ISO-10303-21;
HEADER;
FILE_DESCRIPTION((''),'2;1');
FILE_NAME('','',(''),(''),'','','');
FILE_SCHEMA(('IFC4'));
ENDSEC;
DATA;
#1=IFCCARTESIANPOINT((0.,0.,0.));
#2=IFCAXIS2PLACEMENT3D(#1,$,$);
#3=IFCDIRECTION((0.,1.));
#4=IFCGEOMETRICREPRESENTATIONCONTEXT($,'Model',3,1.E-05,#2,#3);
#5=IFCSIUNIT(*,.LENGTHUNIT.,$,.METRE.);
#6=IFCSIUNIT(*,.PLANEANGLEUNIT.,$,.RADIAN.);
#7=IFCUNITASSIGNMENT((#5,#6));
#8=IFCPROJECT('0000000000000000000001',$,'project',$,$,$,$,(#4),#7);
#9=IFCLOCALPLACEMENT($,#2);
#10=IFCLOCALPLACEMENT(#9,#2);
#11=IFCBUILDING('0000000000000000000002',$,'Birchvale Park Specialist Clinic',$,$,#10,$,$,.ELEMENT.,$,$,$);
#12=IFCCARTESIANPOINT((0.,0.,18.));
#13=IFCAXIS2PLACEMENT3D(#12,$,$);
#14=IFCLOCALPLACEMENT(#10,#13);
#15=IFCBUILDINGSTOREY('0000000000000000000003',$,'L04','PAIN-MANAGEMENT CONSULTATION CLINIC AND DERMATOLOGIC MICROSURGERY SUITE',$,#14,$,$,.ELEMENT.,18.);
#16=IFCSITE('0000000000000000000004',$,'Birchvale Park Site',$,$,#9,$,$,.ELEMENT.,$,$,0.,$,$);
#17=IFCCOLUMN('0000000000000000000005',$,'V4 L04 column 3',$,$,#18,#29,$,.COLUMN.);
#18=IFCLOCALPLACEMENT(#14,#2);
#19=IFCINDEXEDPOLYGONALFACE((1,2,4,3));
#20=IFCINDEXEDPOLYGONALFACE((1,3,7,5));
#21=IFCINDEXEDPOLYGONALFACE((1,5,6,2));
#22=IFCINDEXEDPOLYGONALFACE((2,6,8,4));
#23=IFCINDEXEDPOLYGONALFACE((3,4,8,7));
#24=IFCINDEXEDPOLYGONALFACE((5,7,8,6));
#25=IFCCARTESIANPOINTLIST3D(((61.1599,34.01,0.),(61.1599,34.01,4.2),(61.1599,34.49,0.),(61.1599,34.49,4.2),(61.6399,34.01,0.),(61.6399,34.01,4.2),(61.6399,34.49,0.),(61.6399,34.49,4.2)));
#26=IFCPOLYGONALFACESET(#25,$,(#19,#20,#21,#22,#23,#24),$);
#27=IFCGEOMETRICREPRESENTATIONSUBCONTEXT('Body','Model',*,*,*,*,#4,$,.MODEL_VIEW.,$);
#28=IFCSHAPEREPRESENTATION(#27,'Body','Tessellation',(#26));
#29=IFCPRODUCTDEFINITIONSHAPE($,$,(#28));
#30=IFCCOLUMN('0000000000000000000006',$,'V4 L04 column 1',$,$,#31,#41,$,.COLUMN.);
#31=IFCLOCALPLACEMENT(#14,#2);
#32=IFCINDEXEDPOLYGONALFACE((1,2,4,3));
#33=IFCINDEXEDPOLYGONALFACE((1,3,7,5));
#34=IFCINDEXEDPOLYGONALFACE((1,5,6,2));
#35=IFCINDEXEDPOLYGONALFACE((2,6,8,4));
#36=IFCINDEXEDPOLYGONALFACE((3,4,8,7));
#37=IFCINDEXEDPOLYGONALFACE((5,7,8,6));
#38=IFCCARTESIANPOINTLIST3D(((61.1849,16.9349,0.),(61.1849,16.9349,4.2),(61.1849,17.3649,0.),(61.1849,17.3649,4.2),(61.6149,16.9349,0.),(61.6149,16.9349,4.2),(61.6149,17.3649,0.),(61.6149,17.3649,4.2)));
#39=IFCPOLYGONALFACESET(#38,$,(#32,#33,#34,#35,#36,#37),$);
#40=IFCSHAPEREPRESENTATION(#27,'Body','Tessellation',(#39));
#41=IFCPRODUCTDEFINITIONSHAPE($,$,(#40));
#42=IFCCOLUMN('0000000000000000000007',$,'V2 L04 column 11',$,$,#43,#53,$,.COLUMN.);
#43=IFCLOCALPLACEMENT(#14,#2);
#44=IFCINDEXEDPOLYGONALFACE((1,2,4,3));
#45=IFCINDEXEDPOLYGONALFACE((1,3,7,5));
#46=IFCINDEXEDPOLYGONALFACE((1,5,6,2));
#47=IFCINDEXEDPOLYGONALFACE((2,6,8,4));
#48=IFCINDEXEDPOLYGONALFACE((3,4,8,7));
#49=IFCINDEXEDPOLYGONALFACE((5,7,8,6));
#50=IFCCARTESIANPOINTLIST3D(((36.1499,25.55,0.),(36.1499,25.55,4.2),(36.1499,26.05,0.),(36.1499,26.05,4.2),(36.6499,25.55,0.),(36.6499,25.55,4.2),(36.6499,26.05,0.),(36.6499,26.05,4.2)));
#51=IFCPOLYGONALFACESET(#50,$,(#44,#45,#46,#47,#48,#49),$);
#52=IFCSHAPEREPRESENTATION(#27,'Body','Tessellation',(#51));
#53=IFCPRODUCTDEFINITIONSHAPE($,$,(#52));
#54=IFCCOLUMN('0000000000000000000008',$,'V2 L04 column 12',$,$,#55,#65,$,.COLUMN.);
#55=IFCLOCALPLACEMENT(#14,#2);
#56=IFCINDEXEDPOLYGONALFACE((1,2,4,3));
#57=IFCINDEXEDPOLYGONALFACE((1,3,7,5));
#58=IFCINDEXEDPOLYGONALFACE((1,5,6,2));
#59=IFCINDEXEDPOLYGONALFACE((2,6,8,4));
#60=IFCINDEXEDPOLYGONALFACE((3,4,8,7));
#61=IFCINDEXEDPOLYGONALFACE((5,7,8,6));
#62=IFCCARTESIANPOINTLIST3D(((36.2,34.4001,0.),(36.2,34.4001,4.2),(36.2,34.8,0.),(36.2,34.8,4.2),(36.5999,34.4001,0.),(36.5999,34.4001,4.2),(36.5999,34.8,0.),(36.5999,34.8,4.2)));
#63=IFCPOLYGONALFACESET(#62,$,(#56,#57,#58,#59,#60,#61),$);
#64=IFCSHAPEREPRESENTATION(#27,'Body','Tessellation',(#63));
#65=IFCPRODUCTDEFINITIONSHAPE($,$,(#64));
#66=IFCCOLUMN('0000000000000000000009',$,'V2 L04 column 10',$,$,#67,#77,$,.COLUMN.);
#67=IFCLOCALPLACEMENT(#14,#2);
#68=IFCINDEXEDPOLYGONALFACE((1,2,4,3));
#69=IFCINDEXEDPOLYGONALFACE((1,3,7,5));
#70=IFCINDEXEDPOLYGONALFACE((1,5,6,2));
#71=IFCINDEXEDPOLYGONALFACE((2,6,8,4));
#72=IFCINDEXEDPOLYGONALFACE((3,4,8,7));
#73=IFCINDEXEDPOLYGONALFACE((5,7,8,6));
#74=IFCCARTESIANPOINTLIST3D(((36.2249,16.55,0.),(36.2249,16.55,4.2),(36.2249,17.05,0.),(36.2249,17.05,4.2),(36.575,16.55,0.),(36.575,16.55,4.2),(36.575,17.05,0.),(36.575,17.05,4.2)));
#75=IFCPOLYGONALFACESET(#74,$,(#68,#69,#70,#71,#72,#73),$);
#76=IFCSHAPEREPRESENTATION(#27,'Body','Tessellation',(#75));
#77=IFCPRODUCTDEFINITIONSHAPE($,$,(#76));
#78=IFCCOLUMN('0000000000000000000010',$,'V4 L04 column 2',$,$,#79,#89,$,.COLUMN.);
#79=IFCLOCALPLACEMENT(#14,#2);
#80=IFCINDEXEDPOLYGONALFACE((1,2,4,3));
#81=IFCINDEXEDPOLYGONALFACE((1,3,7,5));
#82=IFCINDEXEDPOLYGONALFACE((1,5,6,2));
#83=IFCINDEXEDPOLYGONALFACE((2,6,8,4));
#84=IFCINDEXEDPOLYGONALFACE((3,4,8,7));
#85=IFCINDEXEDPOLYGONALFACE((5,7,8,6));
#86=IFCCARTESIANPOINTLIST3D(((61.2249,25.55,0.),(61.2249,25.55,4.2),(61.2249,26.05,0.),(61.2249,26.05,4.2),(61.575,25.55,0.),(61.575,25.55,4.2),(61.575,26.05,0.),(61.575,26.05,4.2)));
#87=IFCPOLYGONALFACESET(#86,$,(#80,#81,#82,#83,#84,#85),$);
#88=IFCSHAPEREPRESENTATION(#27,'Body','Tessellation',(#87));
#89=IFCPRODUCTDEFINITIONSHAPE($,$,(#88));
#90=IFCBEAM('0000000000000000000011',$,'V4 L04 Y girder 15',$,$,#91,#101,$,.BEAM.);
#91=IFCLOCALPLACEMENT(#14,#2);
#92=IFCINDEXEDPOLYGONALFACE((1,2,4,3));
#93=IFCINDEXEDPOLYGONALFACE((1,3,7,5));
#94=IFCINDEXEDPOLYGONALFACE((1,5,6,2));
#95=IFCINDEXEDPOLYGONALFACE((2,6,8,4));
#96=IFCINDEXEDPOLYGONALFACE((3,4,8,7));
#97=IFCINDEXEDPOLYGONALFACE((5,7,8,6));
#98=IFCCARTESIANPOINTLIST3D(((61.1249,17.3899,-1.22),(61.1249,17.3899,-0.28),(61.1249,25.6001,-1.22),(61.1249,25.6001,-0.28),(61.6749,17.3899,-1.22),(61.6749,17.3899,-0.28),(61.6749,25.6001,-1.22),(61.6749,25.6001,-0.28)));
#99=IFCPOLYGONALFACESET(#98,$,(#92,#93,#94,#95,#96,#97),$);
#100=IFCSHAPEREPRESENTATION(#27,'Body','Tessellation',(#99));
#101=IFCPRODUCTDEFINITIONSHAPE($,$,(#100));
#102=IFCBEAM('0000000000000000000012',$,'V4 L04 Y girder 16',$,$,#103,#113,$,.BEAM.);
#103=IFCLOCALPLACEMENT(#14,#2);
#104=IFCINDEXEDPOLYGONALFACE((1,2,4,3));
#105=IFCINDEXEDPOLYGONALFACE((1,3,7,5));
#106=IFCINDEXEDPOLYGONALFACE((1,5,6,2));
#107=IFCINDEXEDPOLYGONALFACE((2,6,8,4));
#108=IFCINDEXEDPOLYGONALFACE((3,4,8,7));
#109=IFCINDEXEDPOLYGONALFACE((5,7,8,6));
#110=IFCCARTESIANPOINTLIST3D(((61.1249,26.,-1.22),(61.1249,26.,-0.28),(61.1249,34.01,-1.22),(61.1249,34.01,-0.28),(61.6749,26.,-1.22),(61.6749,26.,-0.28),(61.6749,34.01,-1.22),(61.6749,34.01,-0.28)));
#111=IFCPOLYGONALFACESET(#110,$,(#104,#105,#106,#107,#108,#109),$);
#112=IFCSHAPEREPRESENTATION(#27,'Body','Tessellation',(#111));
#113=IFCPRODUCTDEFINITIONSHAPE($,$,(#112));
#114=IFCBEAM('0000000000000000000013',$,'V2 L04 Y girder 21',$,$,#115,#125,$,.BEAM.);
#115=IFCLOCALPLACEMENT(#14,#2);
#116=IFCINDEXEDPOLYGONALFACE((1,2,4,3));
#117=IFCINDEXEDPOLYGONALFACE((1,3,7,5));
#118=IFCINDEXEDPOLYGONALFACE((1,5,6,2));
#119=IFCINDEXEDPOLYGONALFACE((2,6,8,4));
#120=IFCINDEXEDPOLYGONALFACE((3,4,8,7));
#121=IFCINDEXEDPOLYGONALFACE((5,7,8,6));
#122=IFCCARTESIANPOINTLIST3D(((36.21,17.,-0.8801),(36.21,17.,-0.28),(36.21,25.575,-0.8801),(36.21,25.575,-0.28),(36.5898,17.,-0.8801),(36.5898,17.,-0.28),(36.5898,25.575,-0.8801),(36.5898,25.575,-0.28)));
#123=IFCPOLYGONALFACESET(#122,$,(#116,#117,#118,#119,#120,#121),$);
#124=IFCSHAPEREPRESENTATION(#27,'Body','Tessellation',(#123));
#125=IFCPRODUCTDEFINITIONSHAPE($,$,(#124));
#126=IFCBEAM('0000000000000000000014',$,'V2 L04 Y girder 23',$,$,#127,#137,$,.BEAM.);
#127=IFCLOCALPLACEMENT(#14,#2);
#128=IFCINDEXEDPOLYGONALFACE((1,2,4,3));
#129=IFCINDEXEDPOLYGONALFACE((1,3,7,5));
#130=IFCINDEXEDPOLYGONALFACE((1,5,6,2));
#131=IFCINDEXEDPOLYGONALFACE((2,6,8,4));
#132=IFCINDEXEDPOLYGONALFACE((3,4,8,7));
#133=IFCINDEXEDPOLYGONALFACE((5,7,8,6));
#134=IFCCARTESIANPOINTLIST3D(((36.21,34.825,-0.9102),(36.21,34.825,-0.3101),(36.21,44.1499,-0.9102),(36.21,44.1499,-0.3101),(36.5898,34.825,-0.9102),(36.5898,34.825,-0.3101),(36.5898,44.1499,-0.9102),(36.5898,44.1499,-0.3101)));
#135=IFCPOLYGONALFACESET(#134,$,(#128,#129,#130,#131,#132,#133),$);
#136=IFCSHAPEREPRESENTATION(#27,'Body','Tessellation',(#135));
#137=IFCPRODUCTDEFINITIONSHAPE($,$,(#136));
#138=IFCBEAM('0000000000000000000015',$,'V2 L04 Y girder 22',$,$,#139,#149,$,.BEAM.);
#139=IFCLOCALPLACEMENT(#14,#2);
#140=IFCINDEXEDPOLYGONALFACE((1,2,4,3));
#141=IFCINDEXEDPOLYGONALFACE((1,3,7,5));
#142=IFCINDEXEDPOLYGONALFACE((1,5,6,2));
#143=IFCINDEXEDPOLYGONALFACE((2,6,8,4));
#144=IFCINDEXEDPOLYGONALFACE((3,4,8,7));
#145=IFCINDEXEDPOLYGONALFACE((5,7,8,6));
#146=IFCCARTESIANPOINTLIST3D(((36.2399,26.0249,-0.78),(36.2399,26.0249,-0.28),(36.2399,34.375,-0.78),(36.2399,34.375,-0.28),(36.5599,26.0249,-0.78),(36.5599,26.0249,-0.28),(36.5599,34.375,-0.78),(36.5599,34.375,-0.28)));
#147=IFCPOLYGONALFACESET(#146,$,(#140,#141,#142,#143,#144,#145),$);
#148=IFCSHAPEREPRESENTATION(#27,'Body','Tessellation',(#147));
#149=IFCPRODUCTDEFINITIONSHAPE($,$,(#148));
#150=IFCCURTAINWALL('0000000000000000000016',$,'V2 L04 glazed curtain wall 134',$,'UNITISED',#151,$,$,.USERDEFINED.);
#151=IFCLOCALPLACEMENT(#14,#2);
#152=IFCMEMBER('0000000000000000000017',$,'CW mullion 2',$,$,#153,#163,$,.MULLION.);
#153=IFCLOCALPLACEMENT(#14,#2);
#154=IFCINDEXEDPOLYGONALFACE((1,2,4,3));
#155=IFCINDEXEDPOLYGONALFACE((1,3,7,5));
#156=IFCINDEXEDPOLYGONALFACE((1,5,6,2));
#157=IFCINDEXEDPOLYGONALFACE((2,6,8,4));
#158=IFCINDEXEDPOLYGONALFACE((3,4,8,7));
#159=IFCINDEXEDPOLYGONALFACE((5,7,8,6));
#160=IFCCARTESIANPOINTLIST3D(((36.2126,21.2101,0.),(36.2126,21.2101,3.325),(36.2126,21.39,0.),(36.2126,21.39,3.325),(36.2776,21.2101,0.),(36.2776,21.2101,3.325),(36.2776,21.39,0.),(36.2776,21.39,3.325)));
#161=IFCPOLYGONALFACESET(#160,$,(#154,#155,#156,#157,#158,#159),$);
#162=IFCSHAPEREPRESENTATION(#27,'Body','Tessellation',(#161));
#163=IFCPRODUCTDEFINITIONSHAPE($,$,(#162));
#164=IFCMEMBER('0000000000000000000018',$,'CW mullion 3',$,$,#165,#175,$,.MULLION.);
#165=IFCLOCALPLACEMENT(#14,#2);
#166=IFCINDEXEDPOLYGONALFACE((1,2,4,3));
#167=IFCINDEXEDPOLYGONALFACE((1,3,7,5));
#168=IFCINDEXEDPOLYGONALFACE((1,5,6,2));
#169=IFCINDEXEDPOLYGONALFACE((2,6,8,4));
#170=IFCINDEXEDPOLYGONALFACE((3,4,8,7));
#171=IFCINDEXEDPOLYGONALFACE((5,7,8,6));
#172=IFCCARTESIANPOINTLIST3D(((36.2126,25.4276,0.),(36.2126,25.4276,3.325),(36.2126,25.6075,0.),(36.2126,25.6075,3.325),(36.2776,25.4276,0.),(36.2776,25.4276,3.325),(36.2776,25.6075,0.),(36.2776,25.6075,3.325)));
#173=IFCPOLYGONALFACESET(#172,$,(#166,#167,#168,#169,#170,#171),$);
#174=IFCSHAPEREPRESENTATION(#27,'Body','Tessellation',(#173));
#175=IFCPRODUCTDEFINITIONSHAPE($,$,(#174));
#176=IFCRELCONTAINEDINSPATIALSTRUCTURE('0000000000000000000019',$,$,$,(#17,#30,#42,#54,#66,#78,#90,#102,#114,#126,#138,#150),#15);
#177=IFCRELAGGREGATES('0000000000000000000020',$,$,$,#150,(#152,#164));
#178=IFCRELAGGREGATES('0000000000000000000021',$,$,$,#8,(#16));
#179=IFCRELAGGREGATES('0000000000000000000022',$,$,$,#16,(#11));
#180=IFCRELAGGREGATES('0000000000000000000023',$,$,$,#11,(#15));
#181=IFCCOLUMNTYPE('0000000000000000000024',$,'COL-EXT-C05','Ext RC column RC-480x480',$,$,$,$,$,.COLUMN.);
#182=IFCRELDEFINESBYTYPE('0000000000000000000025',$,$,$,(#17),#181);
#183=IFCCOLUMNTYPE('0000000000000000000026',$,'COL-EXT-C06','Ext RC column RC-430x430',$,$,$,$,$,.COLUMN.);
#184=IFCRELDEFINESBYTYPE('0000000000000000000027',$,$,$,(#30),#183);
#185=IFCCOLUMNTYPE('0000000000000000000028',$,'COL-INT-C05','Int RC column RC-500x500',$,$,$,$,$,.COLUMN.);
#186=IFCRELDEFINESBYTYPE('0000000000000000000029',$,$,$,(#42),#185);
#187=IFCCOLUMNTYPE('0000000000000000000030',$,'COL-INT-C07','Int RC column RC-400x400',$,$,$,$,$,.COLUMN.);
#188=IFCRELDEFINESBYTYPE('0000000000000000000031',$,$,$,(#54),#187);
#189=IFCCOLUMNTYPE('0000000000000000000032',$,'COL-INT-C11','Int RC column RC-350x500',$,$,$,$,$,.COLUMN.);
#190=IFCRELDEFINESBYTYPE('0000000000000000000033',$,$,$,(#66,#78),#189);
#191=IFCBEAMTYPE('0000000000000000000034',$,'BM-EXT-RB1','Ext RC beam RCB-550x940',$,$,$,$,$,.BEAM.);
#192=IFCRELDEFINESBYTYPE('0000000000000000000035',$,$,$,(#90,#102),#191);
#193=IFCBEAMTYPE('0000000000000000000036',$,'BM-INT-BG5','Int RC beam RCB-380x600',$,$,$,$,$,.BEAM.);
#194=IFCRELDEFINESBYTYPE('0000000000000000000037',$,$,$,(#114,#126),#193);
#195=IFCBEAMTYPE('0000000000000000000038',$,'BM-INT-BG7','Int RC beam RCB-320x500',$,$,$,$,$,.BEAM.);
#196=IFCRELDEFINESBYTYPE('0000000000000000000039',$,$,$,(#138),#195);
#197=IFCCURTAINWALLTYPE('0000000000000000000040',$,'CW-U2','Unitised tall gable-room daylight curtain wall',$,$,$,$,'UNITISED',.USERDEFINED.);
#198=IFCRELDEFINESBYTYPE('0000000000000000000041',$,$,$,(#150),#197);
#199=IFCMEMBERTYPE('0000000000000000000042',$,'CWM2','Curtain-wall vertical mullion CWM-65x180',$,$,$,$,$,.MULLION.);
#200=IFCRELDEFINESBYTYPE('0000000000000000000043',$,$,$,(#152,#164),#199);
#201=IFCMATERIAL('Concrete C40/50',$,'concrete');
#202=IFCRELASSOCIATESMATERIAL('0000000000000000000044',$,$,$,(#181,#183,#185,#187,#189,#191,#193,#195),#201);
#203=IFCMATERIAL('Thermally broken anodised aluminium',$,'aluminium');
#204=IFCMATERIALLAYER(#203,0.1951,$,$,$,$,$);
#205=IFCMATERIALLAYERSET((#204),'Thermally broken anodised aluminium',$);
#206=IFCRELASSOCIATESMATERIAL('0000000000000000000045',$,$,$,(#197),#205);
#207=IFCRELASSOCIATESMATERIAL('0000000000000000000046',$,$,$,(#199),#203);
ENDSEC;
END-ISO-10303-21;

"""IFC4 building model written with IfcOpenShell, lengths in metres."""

from ifc_helpers import new_model, si_unit, direction, frame, origin, origin_2d, place, context, subcontext, project, spatial, rectangle, extrude, material, layer, layer_set, material_profile, profile_set, type_object, element, aggregate, save


model = new_model("IFC4")

# Units and contexts
model_context = context("Model", 3, precision=1e-05, world=origin(), true_north=direction((0.0, 1.0)))
body_context = subcontext(model_context, "Body", "Model", "MODEL_VIEW")
ifc_project = project(units=[si_unit("LENGTHUNIT", "METRE"), si_unit("PLANEANGLEUNIT", "RADIAN")], contexts=[model_context])

# Site, building, storey
site_placement = place(None, origin())
site = spatial("IfcSite", under=ifc_project, at=site_placement, Name="Birchvale Park Site", CompositionType="ELEMENT", RefElevation=0.0)
building_placement = place(site_placement, origin())
building = spatial("IfcBuilding", under=site, at=building_placement, Name="Birchvale Park Specialist Clinic", CompositionType="ELEMENT")
storey_placement = place(building_placement, frame((0.0, 0.0, 18.0)))
storey = spatial("IfcBuildingStorey", under=building, at=storey_placement, Name="L04", Description="PAIN-MANAGEMENT CONSULTATION CLINIC AND DERMATOLOGIC MICROSURGERY SUITE", CompositionType="ELEMENT", Elevation=18.0)

# Columns
ifc_material_1 = material(Name="Concrete C40/50", Category="concrete")
ifc_material_profile_1 = material_profile(ifc_material_1, rectangle(XDim=0.48, YDim=0.48, at=origin_2d()), Name="RC-480x480")
ifc_profile_set_1 = profile_set([ifc_material_profile_1], Name="Concrete C40/50")
column_type_1 = type_object("IfcColumnType", Name="COL-EXT-C05", Description="Ext RC column RC-480x480", PredefinedType="COLUMN", material=ifc_profile_set_1)
column_1_placement = place(storey_placement, frame((61.3999, 34.25, 0.0), z_axis=(0.0, 0.0, 1.0), x_axis=(1.0, 0.0, 0.0)))
element("IfcColumn", 1, at=column_1_placement, inside=storey, type_object=column_type_1, Name="V4 L04 column 3", PredefinedType="COLUMN", context=body_context, shape_type="SweptSolid", body=[
    extrude(rectangle(XDim=0.48, YDim=0.48, at=origin_2d()), origin(), (0.0, 0.0, 1.0), 4.2),
])
ifc_material_profile_2 = material_profile(ifc_material_1, rectangle(XDim=0.4299, YDim=0.4299, at=origin_2d()), Name="RC-430x430")
ifc_profile_set_2 = profile_set([ifc_material_profile_2], Name="Concrete C40/50")
column_type_2 = type_object("IfcColumnType", Name="COL-EXT-C06", Description="Ext RC column RC-430x430", PredefinedType="COLUMN", material=ifc_profile_set_2)
column_2_placement = place(storey_placement, frame((61.3999, 17.1499, 0.0), z_axis=(0.0, 0.0, 1.0), x_axis=(1.0, 0.0, 0.0)))
element("IfcColumn", 2, at=column_2_placement, inside=storey, type_object=column_type_2, Name="V4 L04 column 1", PredefinedType="COLUMN", context=body_context, shape_type="SweptSolid", body=[
    extrude(rectangle(XDim=0.4299, YDim=0.4299, at=origin_2d()), origin(), (0.0, 0.0, 1.0), 4.2),
])
ifc_material_profile_3 = material_profile(ifc_material_1, rectangle(XDim=0.5, YDim=0.5, at=origin_2d()), Name="RC-500x500")
ifc_profile_set_3 = profile_set([ifc_material_profile_3], Name="Concrete C40/50")
column_type_3 = type_object("IfcColumnType", Name="COL-INT-C05", Description="Int RC column RC-500x500", PredefinedType="COLUMN", material=ifc_profile_set_3)
column_3_placement = place(storey_placement, frame((36.3999, 25.8, 0.0), z_axis=(0.0, 0.0, 1.0), x_axis=(1.0, 0.0, 0.0)))
element("IfcColumn", 3, at=column_3_placement, inside=storey, type_object=column_type_3, Name="V2 L04 column 11", PredefinedType="COLUMN", context=body_context, shape_type="SweptSolid", body=[
    extrude(rectangle(XDim=0.5, YDim=0.5, at=origin_2d()), origin(), (0.0, 0.0, 1.0), 4.2),
])
ifc_material_profile_4 = material_profile(ifc_material_1, rectangle(XDim=0.3999, YDim=0.3999, at=origin_2d()), Name="RC-400x400")
ifc_profile_set_4 = profile_set([ifc_material_profile_4], Name="Concrete C40/50")
column_type_4 = type_object("IfcColumnType", Name="COL-INT-C07", Description="Int RC column RC-400x400", PredefinedType="COLUMN", material=ifc_profile_set_4)
column_4_placement = place(storey_placement, frame((36.3999, 34.6001, 0.0), z_axis=(0.0, 0.0, 1.0), x_axis=(1.0, 0.0, 0.0)))
element("IfcColumn", 4, at=column_4_placement, inside=storey, type_object=column_type_4, Name="V2 L04 column 12", PredefinedType="COLUMN", context=body_context, shape_type="SweptSolid", body=[
    extrude(rectangle(XDim=0.3999, YDim=0.3999, at=origin_2d()), origin(), (0.0, 0.0, 1.0), 4.2),
])
ifc_material_profile_5 = material_profile(ifc_material_1, rectangle(XDim=0.3501, YDim=0.5, at=origin_2d()), Name="RC-350x500")
ifc_profile_set_5 = profile_set([ifc_material_profile_5], Name="Concrete C40/50")
column_type_5 = type_object("IfcColumnType", Name="COL-INT-C11", Description="Int RC column RC-350x500", PredefinedType="COLUMN", material=ifc_profile_set_5)
for number, where, z_axis, x_axis, name in (
    (5, (36.3999, 16.8, 0.0), (0.0, 0.0, 1.0), (1.0, 0.0, 0.0), "V2 L04 column 10"),
    (6, (61.3999, 25.8, 0.0), (0.0, 0.0, 1.0), (1.0, 0.0, 0.0), "V4 L04 column 2"),
):
    element("IfcColumn", number, at=place(storey_placement, frame(where, z_axis=z_axis, x_axis=x_axis)), inside=storey, type_object=column_type_5, Name=name, PredefinedType="COLUMN", context=body_context, shape_type="SweptSolid", body=[
        extrude(rectangle(XDim=0.3501, YDim=0.5, at=origin_2d()), origin(), (0.0, 0.0, 1.0), 4.2),
    ])

# Beams
ifc_material_profile_6 = material_profile(ifc_material_1, rectangle(XDim=0.55, YDim=0.9399, at=origin_2d()), Name="RCB-550x940")
ifc_profile_set_6 = profile_set([ifc_material_profile_6], Name="Concrete C40/50")
beam_type_1 = type_object("IfcBeamType", Name="BM-EXT-RB1", Description="Ext RC beam RCB-550x940", PredefinedType="BEAM", material=ifc_profile_set_6)
beam_1_placement = place(storey_placement, frame((61.3999, 17.3899, -0.75), z_axis=(0.0, 1.0, 0.0), x_axis=(-1.0, 0.0, 0.0)))
element("IfcBeam", 7, at=beam_1_placement, inside=storey, type_object=beam_type_1, Name="V4 L04 Y girder 15", PredefinedType="BEAM", context=body_context, shape_type="SweptSolid", body=[
    extrude(rectangle(XDim=0.55, YDim=0.9399, at=origin_2d()), origin(), (0.0, 0.0, 1.0), 8.2102),
])
beam_2_placement = place(storey_placement, frame((61.3999, 26.0, -0.75), z_axis=(0.0, 1.0, 0.0), x_axis=(-1.0, 0.0, 0.0)))
element("IfcBeam", 8, at=beam_2_placement, inside=storey, type_object=beam_type_1, Name="V4 L04 Y girder 16", PredefinedType="BEAM", context=body_context, shape_type="SweptSolid", body=[
    extrude(rectangle(XDim=0.55, YDim=0.9399, at=origin_2d()), origin(), (0.0, 0.0, 1.0), 8.01),
])
ifc_material_profile_7 = material_profile(ifc_material_1, rectangle(XDim=0.3799, YDim=0.6001, at=origin_2d()), Name="RCB-380x600")
ifc_profile_set_7 = profile_set([ifc_material_profile_7], Name="Concrete C40/50")
beam_type_2 = type_object("IfcBeamType", Name="BM-INT-BG5", Description="Int RC beam RCB-380x600", PredefinedType="BEAM", material=ifc_profile_set_7)
beam_3_placement = place(storey_placement, frame((36.3999, 17.0, -0.5801), z_axis=(0.0, 1.0, 0.0), x_axis=(-1.0, 0.0, 0.0)))
element("IfcBeam", 9, at=beam_3_placement, inside=storey, type_object=beam_type_2, Name="V2 L04 Y girder 21", PredefinedType="BEAM", context=body_context, shape_type="SweptSolid", body=[
    extrude(rectangle(XDim=0.3799, YDim=0.6001, at=origin_2d()), origin(), (0.0, 0.0, 1.0), 8.575),
])
beam_4_placement = place(storey_placement, frame((36.3999, 34.825, -0.6101), z_axis=(0.0, 1.0, 0.0), x_axis=(-1.0, 0.0, 0.0)))
element("IfcBeam", 10, at=beam_4_placement, inside=storey, type_object=beam_type_2, Name="V2 L04 Y girder 23", PredefinedType="BEAM", context=body_context, shape_type="SweptSolid", body=[
    extrude(rectangle(XDim=0.3799, YDim=0.6001, at=origin_2d()), origin(), (0.0, 0.0, 1.0), 9.325),
])
ifc_material_profile_8 = material_profile(ifc_material_1, rectangle(XDim=0.3201, YDim=0.5, at=origin_2d()), Name="RCB-320x500")
ifc_profile_set_8 = profile_set([ifc_material_profile_8], Name="Concrete C40/50")
beam_type_3 = type_object("IfcBeamType", Name="BM-INT-BG7", Description="Int RC beam RCB-320x500", PredefinedType="BEAM", material=ifc_profile_set_8)
beam_5_placement = place(storey_placement, frame((36.3999, 26.0249, -0.53), z_axis=(0.0, 1.0, 0.0), x_axis=(-1.0, 0.0, 0.0)))
element("IfcBeam", 11, at=beam_5_placement, inside=storey, type_object=beam_type_3, Name="V2 L04 Y girder 22", PredefinedType="BEAM", context=body_context, shape_type="SweptSolid", body=[
    extrude(rectangle(XDim=0.3201, YDim=0.5, at=origin_2d()), origin(), (0.0, 0.0, 1.0), 8.3501),
])

# Curtain wall, members
ifc_material_2 = material(Name="Thermally broken anodised aluminium", Category="aluminium")
ifc_layer_1 = layer(ifc_material_2, 0.1951)
ifc_layer_set_1 = layer_set([ifc_layer_1], Name="Thermally broken anodised aluminium")
curtain_wall_type = type_object("IfcCurtainWallType", Name="CW-U2", Description="Unitised tall gable-room daylight curtain wall", ElementType="UNITISED", PredefinedType="USERDEFINED", material=ifc_layer_set_1)
curtain_wall_1_placement = place(storey_placement, origin())
curtain_wall_1 = element("IfcCurtainWall", 12, at=curtain_wall_1_placement, inside=storey, type_object=curtain_wall_type, Name="V2 L04 glazed curtain wall 134", ObjectType="UNITISED", PredefinedType="USERDEFINED")
ifc_material_profile_9 = material_profile(ifc_material_2, rectangle(XDim=0.0649, YDim=0.1799, at=origin_2d()), Name="CWM-65x180")
ifc_profile_set_9 = profile_set([ifc_material_profile_9], Name="Thermally broken anodised aluminium")
member_type_1 = type_object("IfcMemberType", Name="CWM2", Description="Curtain-wall vertical mullion CWM-65x180", PredefinedType="MULLION", material=ifc_profile_set_9)
member_1_placement = place(storey_placement, frame((36.2451, 21.3, 0.0), z_axis=(0.0, 0.0, 1.0), x_axis=(-1.0, 0.0, 0.0)))
member_1 = element("IfcMember", 13, at=member_1_placement, type_object=member_type_1, Name="CW mullion 2", PredefinedType="MULLION", context=body_context, shape_type="SweptSolid", body=[
    extrude(rectangle(XDim=0.0649, YDim=0.1799, at=origin_2d()), origin(), (0.0, 0.0, 1.0), 3.325),
])
member_2_placement = place(storey_placement, frame((36.2451, 25.5176, 0.0), z_axis=(0.0, 0.0, 1.0), x_axis=(-1.0, 0.0, 0.0)))
member_2 = element("IfcMember", 14, at=member_2_placement, type_object=member_type_1, Name="CW mullion 3", PredefinedType="MULLION", context=body_context, shape_type="SweptSolid", body=[
    extrude(rectangle(XDim=0.0649, YDim=0.1799, at=origin_2d()), origin(), (0.0, 0.0, 1.0), 3.325),
])

aggregate(curtain_wall_1, [member_1, member_2])

save(model, "model.ifc")
